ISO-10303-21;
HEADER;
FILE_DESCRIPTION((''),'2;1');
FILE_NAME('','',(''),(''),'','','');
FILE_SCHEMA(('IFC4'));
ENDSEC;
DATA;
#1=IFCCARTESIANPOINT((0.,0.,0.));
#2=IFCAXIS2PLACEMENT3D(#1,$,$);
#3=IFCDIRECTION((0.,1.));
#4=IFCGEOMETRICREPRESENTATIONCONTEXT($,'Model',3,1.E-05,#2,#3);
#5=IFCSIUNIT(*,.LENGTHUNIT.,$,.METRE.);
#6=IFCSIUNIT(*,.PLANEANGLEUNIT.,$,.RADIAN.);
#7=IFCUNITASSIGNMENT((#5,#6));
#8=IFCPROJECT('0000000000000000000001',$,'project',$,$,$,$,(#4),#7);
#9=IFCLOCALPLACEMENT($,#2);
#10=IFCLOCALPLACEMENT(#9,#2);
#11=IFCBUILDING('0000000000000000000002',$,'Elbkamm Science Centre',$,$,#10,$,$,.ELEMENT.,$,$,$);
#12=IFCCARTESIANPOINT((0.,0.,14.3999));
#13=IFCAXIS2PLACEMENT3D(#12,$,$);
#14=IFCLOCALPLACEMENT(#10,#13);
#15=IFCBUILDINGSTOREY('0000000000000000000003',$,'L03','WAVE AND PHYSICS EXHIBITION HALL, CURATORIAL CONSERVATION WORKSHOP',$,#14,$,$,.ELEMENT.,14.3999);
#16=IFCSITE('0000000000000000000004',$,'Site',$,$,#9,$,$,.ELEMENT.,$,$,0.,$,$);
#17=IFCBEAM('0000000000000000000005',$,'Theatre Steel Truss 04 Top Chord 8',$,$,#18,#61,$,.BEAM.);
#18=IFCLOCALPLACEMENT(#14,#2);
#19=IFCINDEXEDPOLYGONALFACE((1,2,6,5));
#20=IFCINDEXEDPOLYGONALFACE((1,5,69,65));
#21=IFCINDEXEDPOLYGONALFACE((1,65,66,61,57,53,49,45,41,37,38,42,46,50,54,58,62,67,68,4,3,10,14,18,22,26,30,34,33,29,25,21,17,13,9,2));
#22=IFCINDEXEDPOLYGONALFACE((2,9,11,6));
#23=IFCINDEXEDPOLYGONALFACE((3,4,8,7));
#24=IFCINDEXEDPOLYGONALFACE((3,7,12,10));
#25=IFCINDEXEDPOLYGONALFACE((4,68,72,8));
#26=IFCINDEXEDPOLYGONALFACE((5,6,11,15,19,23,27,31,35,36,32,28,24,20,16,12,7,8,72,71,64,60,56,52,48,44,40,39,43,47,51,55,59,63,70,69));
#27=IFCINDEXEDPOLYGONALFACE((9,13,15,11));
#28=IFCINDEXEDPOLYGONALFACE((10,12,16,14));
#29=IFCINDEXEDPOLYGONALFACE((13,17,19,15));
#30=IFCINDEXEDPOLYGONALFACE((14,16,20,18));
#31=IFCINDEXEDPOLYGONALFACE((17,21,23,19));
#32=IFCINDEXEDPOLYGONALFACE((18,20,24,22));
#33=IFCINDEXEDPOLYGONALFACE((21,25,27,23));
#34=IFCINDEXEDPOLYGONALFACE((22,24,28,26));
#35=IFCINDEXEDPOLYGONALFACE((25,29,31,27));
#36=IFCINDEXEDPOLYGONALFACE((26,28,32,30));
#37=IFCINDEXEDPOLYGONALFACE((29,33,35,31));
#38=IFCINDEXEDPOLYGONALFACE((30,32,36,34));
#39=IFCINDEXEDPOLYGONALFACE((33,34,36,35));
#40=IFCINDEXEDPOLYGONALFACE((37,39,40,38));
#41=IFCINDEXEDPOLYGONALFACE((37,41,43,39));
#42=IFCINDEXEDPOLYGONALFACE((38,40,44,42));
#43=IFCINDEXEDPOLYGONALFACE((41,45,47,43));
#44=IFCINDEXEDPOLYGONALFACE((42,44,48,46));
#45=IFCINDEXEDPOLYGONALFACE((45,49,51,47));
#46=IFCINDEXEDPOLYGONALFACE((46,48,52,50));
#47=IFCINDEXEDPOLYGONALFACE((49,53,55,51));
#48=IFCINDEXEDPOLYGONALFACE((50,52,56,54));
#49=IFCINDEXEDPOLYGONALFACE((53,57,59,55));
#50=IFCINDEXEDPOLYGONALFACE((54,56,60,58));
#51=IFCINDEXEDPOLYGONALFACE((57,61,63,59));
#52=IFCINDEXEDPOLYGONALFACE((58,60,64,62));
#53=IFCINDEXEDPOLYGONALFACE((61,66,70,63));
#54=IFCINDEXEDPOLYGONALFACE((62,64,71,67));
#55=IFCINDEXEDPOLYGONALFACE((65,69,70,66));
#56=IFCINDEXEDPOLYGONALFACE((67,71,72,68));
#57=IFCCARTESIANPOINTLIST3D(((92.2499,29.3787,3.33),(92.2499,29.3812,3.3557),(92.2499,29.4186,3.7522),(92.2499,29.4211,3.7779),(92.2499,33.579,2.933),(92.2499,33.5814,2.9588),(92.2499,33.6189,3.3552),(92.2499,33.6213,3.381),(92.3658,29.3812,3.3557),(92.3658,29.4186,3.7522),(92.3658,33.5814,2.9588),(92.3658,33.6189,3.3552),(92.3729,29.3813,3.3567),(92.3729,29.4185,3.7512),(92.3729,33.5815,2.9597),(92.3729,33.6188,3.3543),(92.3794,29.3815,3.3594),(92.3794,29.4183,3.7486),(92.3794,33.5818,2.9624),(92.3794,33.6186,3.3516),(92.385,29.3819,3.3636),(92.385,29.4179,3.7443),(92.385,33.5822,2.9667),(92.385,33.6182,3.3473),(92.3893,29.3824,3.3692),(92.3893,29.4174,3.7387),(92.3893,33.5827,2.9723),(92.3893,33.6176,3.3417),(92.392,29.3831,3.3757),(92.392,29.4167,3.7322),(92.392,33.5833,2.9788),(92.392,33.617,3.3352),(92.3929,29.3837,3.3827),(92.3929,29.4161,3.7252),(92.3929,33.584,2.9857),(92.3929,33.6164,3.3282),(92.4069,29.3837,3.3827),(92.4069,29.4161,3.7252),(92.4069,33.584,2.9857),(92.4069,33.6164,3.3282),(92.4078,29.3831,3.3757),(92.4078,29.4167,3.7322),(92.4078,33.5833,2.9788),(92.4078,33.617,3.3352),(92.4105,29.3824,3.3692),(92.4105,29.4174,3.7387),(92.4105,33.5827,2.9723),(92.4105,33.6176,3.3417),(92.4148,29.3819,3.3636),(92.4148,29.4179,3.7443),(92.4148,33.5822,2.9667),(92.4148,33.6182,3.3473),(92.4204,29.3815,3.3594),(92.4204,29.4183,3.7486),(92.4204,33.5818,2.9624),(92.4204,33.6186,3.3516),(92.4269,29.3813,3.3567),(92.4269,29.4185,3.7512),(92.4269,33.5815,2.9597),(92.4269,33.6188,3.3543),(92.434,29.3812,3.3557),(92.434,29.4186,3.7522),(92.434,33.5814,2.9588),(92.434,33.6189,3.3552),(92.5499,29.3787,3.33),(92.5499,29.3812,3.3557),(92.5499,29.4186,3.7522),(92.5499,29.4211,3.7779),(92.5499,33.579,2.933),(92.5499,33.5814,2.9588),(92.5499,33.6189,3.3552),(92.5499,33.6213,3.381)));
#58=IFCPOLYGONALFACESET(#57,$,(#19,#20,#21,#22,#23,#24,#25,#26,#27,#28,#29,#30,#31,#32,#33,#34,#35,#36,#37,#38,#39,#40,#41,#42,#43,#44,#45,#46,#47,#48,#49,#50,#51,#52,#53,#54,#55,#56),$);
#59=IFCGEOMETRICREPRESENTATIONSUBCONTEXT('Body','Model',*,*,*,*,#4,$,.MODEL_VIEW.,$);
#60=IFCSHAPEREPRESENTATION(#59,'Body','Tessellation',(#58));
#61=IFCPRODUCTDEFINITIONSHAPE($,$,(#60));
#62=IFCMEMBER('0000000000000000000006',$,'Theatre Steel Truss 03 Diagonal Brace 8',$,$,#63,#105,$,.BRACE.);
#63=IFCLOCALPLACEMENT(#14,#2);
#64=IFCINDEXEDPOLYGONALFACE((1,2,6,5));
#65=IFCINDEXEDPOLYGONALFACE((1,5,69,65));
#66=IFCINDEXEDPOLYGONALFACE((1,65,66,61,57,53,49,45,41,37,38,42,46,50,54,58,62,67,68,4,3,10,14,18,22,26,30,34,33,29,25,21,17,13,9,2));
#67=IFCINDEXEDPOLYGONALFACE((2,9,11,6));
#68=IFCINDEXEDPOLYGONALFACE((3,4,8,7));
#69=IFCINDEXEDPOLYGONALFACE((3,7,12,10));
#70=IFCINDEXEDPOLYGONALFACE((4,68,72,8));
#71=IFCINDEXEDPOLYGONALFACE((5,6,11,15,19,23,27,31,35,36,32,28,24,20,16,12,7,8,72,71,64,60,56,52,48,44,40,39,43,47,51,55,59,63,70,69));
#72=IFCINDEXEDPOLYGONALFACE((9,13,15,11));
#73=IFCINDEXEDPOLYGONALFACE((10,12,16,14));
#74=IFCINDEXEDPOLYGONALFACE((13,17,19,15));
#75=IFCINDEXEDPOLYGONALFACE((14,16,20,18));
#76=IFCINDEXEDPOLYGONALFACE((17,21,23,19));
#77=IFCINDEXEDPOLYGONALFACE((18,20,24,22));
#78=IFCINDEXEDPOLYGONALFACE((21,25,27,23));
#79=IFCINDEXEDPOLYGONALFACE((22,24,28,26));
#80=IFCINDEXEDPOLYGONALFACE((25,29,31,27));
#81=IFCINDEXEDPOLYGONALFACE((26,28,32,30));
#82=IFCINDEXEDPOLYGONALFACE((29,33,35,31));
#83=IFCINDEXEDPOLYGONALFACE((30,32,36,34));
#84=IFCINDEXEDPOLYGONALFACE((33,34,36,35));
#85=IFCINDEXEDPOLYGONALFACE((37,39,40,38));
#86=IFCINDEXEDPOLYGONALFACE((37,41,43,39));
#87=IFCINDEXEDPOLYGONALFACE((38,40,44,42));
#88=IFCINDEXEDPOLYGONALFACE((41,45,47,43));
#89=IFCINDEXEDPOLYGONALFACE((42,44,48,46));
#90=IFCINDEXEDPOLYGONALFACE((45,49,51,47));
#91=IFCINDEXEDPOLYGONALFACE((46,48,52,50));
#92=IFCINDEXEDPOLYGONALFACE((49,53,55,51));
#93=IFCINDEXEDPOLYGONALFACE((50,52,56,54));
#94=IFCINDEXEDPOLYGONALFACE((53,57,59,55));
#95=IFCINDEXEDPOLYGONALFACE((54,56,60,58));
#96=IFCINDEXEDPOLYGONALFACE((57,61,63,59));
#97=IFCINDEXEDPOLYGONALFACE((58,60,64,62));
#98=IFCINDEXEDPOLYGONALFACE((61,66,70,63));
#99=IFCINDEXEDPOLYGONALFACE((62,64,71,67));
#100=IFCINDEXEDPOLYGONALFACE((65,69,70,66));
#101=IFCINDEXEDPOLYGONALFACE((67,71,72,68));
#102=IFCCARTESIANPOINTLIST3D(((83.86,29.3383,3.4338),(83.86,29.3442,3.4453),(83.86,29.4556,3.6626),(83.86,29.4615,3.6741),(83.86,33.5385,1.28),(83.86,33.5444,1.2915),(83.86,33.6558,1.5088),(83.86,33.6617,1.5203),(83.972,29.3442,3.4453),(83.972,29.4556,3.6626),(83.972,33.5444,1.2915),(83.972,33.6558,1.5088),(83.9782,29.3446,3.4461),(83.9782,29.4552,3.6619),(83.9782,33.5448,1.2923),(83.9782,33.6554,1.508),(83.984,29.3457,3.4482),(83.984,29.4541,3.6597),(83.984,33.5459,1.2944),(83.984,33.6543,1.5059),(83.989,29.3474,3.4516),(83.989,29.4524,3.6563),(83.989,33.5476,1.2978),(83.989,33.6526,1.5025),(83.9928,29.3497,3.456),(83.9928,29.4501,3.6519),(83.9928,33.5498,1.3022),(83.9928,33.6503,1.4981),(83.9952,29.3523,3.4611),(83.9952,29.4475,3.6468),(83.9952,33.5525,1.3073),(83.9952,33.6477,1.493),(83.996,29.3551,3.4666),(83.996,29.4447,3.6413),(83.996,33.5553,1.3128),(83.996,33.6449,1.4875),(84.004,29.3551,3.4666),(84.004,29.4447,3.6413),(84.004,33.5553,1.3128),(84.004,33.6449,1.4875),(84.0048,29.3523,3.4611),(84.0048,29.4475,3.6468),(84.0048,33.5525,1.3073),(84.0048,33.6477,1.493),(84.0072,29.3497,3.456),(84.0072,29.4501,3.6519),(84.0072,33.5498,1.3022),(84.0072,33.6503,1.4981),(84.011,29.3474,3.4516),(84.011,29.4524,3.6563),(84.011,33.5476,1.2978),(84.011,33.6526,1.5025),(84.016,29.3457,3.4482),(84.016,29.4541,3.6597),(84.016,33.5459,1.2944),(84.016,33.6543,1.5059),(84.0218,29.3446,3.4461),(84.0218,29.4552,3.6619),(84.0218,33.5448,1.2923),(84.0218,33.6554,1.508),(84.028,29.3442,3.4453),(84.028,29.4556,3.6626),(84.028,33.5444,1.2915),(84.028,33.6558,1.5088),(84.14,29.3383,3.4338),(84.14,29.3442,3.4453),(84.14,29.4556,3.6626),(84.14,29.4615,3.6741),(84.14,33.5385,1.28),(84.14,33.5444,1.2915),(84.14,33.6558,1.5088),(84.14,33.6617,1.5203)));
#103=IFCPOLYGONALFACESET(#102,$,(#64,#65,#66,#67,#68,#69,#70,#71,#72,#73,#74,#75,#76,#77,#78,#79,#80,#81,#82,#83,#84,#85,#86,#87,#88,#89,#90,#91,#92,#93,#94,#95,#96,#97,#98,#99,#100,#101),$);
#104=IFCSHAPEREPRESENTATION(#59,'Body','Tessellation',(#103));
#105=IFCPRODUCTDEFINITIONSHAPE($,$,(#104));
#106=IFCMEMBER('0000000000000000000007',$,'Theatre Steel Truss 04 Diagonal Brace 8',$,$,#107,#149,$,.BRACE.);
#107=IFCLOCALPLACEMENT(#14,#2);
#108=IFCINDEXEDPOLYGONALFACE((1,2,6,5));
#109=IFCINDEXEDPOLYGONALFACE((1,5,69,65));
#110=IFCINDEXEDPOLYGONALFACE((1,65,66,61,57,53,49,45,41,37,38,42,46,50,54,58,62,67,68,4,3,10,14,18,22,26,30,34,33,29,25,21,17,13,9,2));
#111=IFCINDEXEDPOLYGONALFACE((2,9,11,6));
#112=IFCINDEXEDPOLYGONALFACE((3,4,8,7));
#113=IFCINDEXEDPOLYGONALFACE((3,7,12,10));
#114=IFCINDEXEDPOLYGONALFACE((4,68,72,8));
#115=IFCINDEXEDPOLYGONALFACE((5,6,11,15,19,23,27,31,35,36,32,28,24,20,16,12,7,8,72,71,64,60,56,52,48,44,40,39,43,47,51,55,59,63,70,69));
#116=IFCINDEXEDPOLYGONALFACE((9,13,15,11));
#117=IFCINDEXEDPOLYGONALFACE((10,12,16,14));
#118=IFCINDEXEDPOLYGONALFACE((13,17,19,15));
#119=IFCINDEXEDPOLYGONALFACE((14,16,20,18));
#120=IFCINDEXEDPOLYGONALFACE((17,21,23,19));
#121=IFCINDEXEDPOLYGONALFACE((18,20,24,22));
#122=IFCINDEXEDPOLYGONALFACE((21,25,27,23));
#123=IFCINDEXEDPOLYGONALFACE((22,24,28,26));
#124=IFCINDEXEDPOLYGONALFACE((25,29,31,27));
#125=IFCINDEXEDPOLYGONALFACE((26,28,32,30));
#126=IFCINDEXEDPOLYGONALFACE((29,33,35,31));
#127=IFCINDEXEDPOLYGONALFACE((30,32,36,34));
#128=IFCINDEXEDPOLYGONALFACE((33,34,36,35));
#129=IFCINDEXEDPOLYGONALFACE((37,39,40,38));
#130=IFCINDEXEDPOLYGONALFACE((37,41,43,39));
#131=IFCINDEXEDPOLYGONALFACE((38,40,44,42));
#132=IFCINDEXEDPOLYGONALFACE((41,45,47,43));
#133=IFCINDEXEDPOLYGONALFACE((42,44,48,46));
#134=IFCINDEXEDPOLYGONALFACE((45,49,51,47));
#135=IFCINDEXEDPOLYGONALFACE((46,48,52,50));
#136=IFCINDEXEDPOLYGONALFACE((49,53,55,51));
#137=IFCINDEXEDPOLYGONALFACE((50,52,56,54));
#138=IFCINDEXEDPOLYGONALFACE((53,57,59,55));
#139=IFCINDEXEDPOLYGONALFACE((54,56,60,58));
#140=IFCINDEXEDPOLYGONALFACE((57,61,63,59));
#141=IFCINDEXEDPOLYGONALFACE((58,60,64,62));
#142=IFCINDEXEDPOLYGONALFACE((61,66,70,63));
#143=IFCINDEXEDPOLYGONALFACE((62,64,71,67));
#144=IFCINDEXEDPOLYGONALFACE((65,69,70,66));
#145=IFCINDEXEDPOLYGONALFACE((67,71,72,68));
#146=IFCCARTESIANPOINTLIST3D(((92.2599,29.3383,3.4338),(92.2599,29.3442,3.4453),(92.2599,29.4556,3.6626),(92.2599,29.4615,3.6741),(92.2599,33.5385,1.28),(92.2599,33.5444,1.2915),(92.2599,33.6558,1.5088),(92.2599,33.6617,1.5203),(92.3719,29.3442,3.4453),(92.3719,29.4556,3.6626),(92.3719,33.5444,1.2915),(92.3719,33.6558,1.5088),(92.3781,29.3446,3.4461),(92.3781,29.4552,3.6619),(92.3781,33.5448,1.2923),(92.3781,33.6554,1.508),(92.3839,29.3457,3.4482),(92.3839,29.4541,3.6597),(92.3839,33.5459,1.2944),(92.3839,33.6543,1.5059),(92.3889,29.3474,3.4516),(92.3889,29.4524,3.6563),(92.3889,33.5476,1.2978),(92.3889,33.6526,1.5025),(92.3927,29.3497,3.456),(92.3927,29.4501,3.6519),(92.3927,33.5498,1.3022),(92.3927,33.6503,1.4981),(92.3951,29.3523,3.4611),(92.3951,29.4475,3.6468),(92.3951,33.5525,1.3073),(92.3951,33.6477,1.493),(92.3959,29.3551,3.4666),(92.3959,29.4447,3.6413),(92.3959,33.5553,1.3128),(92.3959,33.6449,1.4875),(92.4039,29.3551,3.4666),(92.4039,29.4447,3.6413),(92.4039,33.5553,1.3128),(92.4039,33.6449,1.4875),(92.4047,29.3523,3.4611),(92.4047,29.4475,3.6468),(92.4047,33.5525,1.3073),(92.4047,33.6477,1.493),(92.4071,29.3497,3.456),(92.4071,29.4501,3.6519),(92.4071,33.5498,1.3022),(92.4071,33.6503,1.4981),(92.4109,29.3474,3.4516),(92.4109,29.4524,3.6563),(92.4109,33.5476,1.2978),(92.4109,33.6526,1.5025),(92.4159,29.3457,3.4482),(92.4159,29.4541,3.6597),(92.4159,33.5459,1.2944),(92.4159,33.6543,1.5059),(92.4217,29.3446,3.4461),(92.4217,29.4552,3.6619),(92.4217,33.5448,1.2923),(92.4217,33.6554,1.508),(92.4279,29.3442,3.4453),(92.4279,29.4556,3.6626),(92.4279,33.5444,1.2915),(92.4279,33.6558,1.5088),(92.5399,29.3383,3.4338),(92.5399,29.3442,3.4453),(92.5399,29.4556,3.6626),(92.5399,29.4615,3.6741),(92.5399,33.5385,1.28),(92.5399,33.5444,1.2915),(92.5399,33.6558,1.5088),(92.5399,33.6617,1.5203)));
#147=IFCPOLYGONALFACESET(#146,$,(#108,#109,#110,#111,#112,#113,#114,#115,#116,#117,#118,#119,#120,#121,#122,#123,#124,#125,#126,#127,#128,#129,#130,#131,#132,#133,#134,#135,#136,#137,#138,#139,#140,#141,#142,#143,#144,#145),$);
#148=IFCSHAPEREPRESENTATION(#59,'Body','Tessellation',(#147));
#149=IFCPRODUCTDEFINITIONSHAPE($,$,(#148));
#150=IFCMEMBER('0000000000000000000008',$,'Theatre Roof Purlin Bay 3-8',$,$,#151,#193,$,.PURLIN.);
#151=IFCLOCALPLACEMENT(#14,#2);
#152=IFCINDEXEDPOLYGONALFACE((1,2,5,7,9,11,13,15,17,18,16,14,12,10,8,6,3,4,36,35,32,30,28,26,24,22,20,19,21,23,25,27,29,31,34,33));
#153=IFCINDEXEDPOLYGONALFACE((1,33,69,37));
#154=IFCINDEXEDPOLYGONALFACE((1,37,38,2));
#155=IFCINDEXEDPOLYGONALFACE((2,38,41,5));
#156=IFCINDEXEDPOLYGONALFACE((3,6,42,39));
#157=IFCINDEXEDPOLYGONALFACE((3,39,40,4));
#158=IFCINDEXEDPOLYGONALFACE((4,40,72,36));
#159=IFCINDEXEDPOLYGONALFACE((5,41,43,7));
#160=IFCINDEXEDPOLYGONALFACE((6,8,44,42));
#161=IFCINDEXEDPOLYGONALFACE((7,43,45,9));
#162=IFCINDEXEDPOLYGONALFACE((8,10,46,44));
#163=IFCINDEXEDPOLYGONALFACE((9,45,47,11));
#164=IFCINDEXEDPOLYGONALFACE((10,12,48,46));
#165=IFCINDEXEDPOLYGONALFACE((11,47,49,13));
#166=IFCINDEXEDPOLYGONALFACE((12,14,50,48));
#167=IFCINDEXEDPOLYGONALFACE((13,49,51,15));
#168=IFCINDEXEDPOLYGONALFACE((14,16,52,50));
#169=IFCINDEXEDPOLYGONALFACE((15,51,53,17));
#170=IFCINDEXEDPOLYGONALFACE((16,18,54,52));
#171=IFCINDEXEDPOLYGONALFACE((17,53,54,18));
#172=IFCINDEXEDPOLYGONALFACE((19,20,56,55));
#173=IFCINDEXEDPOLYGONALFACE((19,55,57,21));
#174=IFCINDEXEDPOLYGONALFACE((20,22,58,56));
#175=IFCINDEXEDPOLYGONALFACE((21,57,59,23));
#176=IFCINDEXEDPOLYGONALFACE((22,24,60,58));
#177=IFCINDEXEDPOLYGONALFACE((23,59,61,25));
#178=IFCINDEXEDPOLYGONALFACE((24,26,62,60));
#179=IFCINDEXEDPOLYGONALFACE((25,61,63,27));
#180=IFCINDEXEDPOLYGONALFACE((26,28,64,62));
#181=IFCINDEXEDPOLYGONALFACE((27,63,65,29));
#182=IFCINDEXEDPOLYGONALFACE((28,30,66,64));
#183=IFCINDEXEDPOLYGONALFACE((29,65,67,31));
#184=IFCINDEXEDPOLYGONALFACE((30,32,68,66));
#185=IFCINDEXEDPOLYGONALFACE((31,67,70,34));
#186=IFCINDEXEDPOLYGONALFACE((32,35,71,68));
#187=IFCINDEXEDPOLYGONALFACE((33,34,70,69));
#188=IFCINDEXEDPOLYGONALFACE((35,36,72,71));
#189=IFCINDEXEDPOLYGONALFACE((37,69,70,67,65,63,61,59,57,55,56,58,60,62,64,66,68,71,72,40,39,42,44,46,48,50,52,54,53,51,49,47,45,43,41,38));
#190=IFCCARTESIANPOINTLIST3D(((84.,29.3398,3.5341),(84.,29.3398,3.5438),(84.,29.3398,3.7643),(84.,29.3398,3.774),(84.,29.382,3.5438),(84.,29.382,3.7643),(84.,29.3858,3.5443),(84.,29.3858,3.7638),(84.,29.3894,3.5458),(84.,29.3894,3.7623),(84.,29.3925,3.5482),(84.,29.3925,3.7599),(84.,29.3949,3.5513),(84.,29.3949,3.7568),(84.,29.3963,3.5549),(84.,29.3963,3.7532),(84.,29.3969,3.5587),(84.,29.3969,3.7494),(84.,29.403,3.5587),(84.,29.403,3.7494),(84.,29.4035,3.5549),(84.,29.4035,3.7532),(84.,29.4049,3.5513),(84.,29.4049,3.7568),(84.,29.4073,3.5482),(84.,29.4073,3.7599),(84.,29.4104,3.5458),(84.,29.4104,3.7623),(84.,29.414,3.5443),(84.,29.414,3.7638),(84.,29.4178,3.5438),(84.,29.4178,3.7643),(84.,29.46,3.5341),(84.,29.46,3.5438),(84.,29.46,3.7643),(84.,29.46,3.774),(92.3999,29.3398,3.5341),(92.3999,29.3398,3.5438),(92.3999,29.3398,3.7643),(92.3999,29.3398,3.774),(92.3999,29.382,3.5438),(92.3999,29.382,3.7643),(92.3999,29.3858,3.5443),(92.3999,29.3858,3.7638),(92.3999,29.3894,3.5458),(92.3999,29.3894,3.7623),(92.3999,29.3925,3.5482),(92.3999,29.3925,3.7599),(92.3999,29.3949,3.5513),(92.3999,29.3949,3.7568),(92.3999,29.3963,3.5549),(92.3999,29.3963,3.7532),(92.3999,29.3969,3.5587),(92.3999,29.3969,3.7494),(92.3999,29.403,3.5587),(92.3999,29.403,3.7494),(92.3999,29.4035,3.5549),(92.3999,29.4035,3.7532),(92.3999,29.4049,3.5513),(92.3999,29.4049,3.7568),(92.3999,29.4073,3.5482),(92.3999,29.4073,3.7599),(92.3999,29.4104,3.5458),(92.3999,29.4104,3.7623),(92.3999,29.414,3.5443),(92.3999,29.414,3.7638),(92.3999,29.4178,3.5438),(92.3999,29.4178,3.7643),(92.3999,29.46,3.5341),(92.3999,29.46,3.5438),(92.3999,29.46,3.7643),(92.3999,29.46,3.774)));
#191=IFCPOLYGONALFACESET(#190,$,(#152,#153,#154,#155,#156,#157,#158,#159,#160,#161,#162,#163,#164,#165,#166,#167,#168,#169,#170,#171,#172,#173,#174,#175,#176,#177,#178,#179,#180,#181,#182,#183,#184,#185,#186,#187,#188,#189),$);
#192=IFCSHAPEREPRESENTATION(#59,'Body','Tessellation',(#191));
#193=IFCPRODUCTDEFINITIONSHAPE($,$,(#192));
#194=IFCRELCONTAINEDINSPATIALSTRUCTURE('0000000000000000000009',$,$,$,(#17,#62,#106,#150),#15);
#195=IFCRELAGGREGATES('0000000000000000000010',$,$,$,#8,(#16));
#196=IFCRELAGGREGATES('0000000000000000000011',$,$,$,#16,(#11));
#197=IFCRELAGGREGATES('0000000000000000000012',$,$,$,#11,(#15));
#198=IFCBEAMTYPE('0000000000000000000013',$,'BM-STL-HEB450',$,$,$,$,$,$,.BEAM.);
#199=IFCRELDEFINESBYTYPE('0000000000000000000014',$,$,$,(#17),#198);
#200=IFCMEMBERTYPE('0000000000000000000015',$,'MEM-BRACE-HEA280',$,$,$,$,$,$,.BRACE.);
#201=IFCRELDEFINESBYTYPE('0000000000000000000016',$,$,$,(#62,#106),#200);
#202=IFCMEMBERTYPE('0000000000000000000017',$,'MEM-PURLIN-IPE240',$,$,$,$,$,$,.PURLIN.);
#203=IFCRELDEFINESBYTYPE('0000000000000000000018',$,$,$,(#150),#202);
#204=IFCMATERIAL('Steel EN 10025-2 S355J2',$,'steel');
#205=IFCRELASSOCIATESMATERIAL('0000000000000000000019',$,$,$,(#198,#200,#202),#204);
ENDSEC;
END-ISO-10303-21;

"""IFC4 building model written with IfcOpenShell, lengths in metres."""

from ifc_helpers import new_model, si_unit, direction, frame, origin, origin_2d, place, context, subcontext, project, spatial, i_section, extrude, material, material_profile, profile_set, type_object, element, save


model = new_model("IFC4")

# Units and contexts
model_context = context("Model", 3, precision=1e-05, world=origin(), true_north=direction((0.0, 1.0)))
body_context = subcontext(model_context, "Body", "Model", "MODEL_VIEW")
ifc_project = project(units=[si_unit("LENGTHUNIT", "METRE"), si_unit("PLANEANGLEUNIT", "RADIAN")], contexts=[model_context])

# Site, building, storey
site_placement = place(None, origin())
site = spatial("IfcSite", under=ifc_project, at=site_placement, Name="Site", CompositionType="ELEMENT", RefElevation=0.0)
building_placement = place(site_placement, origin())
building = spatial("IfcBuilding", under=site, at=building_placement, Name="Elbkamm Science Centre", CompositionType="ELEMENT")
storey_placement = place(building_placement, frame((0.0, 0.0, 14.3999)))
storey = spatial("IfcBuildingStorey", under=building, at=storey_placement, Name="L03", Description="WAVE AND PHYSICS EXHIBITION HALL, CURATORIAL CONSERVATION WORKSHOP", CompositionType="ELEMENT", Elevation=14.3999)

# Beam
ifc_material_1 = material(Name="Steel EN 10025-2 S355J2", Category="steel")
ifc_material_profile_1 = material_profile(ifc_material_1, i_section(OverallWidth=0.3, OverallDepth=0.45, WebThickness=0.0139, FlangeThickness=0.0259, FilletRadius=0.0271, at=origin_2d()), Name="HEB 450")
ifc_profile_set_1 = profile_set([ifc_material_profile_1], Name="Steel EN 10025-2 S355J2")
beam_type_1 = type_object("IfcBeamType", Name="BM-STL-HEB450", PredefinedType="BEAM", material=ifc_profile_set_1)
for number, where, z_axis, x_axis, name in (
    (1, (92.3999, 29.3999, 3.554), (0.0, 0.995563, -0.094094), (-1.0, 0.0, 0.0), "Theatre Steel Truss 04 Top Chord 8"),
):
    element("IfcBeam", number, at=place(storey_placement, frame(where, z_axis=z_axis, x_axis=x_axis)), inside=storey, type_object=beam_type_1, Name=name, PredefinedType="BEAM", context=body_context, shape_type="SweptSolid", body=[
        extrude(i_section(OverallWidth=0.3, OverallDepth=0.45, WebThickness=0.0139, FlangeThickness=0.0259, FilletRadius=0.0271, at=origin_2d()), origin(), (0.0, 0.0, 1.0), 4.219),
    ])

# Members
ifc_material_profile_2 = material_profile(ifc_material_1, i_section(OverallWidth=0.28, OverallDepth=0.27, WebThickness=0.0081, FlangeThickness=0.0129, FilletRadius=0.0239, at=origin_2d()), Name="HEA 280")
ifc_profile_set_2 = profile_set([ifc_material_profile_2], Name="Steel EN 10025-2 S355J2")
member_type_1 = type_object("IfcMemberType", Name="MEM-BRACE-HEA280", PredefinedType="BRACE", material=ifc_profile_set_2)
for number, where, z_axis, x_axis, name in (
    (2, (84.0, 29.3999, 3.554), (0.0, 0.889829, -0.456294), (-1.0, 0.0, 0.0), "Theatre Steel Truss 03 Diagonal Brace 8"),
    (3, (92.3999, 29.3999, 3.554), (0.0, 0.889829, -0.456294), (-1.0, 0.0, 0.0), "Theatre Steel Truss 04 Diagonal Brace 8"),
):
    element("IfcMember", number, at=place(storey_placement, frame(where, z_axis=z_axis, x_axis=x_axis)), inside=storey, type_object=member_type_1, Name=name, PredefinedType="BRACE", context=body_context, shape_type="SweptSolid", body=[
        extrude(i_section(OverallWidth=0.28, OverallDepth=0.27, WebThickness=0.0081, FlangeThickness=0.0129, FilletRadius=0.0239, at=origin_2d()), origin(), (0.0, 0.0, 1.0), 4.7202),
    ])
ifc_material_profile_3 = material_profile(ifc_material_1, i_section(OverallWidth=0.1201, OverallDepth=0.24, WebThickness=0.0061, FlangeThickness=0.0098, FilletRadius=0.0149, at=origin_2d()), Name="IPE 240")
ifc_profile_set_3 = profile_set([ifc_material_profile_3], Name="Steel EN 10025-2 S355J2")
member_type_2 = type_object("IfcMemberType", Name="MEM-PURLIN-IPE240", PredefinedType="PURLIN", material=ifc_profile_set_3)
for number, where, z_axis, x_axis, name in (
    (4, (84.0, 29.3999, 3.6541), (1.0, 0.0, 0.0), (0.0, 1.0, 0.0), "Theatre Roof Purlin Bay 3-8"),
):
    element("IfcMember", number, at=place(storey_placement, frame(where, z_axis=z_axis, x_axis=x_axis)), inside=storey, type_object=member_type_2, Name=name, PredefinedType="PURLIN", context=body_context, shape_type="SweptSolid", body=[
        extrude(i_section(OverallWidth=0.1201, OverallDepth=0.24, WebThickness=0.0061, FlangeThickness=0.0098, FilletRadius=0.0149, at=origin_2d()), origin(), (0.0, 0.0, 1.0), 8.3999),
    ])

save(model, "model.ifc")
